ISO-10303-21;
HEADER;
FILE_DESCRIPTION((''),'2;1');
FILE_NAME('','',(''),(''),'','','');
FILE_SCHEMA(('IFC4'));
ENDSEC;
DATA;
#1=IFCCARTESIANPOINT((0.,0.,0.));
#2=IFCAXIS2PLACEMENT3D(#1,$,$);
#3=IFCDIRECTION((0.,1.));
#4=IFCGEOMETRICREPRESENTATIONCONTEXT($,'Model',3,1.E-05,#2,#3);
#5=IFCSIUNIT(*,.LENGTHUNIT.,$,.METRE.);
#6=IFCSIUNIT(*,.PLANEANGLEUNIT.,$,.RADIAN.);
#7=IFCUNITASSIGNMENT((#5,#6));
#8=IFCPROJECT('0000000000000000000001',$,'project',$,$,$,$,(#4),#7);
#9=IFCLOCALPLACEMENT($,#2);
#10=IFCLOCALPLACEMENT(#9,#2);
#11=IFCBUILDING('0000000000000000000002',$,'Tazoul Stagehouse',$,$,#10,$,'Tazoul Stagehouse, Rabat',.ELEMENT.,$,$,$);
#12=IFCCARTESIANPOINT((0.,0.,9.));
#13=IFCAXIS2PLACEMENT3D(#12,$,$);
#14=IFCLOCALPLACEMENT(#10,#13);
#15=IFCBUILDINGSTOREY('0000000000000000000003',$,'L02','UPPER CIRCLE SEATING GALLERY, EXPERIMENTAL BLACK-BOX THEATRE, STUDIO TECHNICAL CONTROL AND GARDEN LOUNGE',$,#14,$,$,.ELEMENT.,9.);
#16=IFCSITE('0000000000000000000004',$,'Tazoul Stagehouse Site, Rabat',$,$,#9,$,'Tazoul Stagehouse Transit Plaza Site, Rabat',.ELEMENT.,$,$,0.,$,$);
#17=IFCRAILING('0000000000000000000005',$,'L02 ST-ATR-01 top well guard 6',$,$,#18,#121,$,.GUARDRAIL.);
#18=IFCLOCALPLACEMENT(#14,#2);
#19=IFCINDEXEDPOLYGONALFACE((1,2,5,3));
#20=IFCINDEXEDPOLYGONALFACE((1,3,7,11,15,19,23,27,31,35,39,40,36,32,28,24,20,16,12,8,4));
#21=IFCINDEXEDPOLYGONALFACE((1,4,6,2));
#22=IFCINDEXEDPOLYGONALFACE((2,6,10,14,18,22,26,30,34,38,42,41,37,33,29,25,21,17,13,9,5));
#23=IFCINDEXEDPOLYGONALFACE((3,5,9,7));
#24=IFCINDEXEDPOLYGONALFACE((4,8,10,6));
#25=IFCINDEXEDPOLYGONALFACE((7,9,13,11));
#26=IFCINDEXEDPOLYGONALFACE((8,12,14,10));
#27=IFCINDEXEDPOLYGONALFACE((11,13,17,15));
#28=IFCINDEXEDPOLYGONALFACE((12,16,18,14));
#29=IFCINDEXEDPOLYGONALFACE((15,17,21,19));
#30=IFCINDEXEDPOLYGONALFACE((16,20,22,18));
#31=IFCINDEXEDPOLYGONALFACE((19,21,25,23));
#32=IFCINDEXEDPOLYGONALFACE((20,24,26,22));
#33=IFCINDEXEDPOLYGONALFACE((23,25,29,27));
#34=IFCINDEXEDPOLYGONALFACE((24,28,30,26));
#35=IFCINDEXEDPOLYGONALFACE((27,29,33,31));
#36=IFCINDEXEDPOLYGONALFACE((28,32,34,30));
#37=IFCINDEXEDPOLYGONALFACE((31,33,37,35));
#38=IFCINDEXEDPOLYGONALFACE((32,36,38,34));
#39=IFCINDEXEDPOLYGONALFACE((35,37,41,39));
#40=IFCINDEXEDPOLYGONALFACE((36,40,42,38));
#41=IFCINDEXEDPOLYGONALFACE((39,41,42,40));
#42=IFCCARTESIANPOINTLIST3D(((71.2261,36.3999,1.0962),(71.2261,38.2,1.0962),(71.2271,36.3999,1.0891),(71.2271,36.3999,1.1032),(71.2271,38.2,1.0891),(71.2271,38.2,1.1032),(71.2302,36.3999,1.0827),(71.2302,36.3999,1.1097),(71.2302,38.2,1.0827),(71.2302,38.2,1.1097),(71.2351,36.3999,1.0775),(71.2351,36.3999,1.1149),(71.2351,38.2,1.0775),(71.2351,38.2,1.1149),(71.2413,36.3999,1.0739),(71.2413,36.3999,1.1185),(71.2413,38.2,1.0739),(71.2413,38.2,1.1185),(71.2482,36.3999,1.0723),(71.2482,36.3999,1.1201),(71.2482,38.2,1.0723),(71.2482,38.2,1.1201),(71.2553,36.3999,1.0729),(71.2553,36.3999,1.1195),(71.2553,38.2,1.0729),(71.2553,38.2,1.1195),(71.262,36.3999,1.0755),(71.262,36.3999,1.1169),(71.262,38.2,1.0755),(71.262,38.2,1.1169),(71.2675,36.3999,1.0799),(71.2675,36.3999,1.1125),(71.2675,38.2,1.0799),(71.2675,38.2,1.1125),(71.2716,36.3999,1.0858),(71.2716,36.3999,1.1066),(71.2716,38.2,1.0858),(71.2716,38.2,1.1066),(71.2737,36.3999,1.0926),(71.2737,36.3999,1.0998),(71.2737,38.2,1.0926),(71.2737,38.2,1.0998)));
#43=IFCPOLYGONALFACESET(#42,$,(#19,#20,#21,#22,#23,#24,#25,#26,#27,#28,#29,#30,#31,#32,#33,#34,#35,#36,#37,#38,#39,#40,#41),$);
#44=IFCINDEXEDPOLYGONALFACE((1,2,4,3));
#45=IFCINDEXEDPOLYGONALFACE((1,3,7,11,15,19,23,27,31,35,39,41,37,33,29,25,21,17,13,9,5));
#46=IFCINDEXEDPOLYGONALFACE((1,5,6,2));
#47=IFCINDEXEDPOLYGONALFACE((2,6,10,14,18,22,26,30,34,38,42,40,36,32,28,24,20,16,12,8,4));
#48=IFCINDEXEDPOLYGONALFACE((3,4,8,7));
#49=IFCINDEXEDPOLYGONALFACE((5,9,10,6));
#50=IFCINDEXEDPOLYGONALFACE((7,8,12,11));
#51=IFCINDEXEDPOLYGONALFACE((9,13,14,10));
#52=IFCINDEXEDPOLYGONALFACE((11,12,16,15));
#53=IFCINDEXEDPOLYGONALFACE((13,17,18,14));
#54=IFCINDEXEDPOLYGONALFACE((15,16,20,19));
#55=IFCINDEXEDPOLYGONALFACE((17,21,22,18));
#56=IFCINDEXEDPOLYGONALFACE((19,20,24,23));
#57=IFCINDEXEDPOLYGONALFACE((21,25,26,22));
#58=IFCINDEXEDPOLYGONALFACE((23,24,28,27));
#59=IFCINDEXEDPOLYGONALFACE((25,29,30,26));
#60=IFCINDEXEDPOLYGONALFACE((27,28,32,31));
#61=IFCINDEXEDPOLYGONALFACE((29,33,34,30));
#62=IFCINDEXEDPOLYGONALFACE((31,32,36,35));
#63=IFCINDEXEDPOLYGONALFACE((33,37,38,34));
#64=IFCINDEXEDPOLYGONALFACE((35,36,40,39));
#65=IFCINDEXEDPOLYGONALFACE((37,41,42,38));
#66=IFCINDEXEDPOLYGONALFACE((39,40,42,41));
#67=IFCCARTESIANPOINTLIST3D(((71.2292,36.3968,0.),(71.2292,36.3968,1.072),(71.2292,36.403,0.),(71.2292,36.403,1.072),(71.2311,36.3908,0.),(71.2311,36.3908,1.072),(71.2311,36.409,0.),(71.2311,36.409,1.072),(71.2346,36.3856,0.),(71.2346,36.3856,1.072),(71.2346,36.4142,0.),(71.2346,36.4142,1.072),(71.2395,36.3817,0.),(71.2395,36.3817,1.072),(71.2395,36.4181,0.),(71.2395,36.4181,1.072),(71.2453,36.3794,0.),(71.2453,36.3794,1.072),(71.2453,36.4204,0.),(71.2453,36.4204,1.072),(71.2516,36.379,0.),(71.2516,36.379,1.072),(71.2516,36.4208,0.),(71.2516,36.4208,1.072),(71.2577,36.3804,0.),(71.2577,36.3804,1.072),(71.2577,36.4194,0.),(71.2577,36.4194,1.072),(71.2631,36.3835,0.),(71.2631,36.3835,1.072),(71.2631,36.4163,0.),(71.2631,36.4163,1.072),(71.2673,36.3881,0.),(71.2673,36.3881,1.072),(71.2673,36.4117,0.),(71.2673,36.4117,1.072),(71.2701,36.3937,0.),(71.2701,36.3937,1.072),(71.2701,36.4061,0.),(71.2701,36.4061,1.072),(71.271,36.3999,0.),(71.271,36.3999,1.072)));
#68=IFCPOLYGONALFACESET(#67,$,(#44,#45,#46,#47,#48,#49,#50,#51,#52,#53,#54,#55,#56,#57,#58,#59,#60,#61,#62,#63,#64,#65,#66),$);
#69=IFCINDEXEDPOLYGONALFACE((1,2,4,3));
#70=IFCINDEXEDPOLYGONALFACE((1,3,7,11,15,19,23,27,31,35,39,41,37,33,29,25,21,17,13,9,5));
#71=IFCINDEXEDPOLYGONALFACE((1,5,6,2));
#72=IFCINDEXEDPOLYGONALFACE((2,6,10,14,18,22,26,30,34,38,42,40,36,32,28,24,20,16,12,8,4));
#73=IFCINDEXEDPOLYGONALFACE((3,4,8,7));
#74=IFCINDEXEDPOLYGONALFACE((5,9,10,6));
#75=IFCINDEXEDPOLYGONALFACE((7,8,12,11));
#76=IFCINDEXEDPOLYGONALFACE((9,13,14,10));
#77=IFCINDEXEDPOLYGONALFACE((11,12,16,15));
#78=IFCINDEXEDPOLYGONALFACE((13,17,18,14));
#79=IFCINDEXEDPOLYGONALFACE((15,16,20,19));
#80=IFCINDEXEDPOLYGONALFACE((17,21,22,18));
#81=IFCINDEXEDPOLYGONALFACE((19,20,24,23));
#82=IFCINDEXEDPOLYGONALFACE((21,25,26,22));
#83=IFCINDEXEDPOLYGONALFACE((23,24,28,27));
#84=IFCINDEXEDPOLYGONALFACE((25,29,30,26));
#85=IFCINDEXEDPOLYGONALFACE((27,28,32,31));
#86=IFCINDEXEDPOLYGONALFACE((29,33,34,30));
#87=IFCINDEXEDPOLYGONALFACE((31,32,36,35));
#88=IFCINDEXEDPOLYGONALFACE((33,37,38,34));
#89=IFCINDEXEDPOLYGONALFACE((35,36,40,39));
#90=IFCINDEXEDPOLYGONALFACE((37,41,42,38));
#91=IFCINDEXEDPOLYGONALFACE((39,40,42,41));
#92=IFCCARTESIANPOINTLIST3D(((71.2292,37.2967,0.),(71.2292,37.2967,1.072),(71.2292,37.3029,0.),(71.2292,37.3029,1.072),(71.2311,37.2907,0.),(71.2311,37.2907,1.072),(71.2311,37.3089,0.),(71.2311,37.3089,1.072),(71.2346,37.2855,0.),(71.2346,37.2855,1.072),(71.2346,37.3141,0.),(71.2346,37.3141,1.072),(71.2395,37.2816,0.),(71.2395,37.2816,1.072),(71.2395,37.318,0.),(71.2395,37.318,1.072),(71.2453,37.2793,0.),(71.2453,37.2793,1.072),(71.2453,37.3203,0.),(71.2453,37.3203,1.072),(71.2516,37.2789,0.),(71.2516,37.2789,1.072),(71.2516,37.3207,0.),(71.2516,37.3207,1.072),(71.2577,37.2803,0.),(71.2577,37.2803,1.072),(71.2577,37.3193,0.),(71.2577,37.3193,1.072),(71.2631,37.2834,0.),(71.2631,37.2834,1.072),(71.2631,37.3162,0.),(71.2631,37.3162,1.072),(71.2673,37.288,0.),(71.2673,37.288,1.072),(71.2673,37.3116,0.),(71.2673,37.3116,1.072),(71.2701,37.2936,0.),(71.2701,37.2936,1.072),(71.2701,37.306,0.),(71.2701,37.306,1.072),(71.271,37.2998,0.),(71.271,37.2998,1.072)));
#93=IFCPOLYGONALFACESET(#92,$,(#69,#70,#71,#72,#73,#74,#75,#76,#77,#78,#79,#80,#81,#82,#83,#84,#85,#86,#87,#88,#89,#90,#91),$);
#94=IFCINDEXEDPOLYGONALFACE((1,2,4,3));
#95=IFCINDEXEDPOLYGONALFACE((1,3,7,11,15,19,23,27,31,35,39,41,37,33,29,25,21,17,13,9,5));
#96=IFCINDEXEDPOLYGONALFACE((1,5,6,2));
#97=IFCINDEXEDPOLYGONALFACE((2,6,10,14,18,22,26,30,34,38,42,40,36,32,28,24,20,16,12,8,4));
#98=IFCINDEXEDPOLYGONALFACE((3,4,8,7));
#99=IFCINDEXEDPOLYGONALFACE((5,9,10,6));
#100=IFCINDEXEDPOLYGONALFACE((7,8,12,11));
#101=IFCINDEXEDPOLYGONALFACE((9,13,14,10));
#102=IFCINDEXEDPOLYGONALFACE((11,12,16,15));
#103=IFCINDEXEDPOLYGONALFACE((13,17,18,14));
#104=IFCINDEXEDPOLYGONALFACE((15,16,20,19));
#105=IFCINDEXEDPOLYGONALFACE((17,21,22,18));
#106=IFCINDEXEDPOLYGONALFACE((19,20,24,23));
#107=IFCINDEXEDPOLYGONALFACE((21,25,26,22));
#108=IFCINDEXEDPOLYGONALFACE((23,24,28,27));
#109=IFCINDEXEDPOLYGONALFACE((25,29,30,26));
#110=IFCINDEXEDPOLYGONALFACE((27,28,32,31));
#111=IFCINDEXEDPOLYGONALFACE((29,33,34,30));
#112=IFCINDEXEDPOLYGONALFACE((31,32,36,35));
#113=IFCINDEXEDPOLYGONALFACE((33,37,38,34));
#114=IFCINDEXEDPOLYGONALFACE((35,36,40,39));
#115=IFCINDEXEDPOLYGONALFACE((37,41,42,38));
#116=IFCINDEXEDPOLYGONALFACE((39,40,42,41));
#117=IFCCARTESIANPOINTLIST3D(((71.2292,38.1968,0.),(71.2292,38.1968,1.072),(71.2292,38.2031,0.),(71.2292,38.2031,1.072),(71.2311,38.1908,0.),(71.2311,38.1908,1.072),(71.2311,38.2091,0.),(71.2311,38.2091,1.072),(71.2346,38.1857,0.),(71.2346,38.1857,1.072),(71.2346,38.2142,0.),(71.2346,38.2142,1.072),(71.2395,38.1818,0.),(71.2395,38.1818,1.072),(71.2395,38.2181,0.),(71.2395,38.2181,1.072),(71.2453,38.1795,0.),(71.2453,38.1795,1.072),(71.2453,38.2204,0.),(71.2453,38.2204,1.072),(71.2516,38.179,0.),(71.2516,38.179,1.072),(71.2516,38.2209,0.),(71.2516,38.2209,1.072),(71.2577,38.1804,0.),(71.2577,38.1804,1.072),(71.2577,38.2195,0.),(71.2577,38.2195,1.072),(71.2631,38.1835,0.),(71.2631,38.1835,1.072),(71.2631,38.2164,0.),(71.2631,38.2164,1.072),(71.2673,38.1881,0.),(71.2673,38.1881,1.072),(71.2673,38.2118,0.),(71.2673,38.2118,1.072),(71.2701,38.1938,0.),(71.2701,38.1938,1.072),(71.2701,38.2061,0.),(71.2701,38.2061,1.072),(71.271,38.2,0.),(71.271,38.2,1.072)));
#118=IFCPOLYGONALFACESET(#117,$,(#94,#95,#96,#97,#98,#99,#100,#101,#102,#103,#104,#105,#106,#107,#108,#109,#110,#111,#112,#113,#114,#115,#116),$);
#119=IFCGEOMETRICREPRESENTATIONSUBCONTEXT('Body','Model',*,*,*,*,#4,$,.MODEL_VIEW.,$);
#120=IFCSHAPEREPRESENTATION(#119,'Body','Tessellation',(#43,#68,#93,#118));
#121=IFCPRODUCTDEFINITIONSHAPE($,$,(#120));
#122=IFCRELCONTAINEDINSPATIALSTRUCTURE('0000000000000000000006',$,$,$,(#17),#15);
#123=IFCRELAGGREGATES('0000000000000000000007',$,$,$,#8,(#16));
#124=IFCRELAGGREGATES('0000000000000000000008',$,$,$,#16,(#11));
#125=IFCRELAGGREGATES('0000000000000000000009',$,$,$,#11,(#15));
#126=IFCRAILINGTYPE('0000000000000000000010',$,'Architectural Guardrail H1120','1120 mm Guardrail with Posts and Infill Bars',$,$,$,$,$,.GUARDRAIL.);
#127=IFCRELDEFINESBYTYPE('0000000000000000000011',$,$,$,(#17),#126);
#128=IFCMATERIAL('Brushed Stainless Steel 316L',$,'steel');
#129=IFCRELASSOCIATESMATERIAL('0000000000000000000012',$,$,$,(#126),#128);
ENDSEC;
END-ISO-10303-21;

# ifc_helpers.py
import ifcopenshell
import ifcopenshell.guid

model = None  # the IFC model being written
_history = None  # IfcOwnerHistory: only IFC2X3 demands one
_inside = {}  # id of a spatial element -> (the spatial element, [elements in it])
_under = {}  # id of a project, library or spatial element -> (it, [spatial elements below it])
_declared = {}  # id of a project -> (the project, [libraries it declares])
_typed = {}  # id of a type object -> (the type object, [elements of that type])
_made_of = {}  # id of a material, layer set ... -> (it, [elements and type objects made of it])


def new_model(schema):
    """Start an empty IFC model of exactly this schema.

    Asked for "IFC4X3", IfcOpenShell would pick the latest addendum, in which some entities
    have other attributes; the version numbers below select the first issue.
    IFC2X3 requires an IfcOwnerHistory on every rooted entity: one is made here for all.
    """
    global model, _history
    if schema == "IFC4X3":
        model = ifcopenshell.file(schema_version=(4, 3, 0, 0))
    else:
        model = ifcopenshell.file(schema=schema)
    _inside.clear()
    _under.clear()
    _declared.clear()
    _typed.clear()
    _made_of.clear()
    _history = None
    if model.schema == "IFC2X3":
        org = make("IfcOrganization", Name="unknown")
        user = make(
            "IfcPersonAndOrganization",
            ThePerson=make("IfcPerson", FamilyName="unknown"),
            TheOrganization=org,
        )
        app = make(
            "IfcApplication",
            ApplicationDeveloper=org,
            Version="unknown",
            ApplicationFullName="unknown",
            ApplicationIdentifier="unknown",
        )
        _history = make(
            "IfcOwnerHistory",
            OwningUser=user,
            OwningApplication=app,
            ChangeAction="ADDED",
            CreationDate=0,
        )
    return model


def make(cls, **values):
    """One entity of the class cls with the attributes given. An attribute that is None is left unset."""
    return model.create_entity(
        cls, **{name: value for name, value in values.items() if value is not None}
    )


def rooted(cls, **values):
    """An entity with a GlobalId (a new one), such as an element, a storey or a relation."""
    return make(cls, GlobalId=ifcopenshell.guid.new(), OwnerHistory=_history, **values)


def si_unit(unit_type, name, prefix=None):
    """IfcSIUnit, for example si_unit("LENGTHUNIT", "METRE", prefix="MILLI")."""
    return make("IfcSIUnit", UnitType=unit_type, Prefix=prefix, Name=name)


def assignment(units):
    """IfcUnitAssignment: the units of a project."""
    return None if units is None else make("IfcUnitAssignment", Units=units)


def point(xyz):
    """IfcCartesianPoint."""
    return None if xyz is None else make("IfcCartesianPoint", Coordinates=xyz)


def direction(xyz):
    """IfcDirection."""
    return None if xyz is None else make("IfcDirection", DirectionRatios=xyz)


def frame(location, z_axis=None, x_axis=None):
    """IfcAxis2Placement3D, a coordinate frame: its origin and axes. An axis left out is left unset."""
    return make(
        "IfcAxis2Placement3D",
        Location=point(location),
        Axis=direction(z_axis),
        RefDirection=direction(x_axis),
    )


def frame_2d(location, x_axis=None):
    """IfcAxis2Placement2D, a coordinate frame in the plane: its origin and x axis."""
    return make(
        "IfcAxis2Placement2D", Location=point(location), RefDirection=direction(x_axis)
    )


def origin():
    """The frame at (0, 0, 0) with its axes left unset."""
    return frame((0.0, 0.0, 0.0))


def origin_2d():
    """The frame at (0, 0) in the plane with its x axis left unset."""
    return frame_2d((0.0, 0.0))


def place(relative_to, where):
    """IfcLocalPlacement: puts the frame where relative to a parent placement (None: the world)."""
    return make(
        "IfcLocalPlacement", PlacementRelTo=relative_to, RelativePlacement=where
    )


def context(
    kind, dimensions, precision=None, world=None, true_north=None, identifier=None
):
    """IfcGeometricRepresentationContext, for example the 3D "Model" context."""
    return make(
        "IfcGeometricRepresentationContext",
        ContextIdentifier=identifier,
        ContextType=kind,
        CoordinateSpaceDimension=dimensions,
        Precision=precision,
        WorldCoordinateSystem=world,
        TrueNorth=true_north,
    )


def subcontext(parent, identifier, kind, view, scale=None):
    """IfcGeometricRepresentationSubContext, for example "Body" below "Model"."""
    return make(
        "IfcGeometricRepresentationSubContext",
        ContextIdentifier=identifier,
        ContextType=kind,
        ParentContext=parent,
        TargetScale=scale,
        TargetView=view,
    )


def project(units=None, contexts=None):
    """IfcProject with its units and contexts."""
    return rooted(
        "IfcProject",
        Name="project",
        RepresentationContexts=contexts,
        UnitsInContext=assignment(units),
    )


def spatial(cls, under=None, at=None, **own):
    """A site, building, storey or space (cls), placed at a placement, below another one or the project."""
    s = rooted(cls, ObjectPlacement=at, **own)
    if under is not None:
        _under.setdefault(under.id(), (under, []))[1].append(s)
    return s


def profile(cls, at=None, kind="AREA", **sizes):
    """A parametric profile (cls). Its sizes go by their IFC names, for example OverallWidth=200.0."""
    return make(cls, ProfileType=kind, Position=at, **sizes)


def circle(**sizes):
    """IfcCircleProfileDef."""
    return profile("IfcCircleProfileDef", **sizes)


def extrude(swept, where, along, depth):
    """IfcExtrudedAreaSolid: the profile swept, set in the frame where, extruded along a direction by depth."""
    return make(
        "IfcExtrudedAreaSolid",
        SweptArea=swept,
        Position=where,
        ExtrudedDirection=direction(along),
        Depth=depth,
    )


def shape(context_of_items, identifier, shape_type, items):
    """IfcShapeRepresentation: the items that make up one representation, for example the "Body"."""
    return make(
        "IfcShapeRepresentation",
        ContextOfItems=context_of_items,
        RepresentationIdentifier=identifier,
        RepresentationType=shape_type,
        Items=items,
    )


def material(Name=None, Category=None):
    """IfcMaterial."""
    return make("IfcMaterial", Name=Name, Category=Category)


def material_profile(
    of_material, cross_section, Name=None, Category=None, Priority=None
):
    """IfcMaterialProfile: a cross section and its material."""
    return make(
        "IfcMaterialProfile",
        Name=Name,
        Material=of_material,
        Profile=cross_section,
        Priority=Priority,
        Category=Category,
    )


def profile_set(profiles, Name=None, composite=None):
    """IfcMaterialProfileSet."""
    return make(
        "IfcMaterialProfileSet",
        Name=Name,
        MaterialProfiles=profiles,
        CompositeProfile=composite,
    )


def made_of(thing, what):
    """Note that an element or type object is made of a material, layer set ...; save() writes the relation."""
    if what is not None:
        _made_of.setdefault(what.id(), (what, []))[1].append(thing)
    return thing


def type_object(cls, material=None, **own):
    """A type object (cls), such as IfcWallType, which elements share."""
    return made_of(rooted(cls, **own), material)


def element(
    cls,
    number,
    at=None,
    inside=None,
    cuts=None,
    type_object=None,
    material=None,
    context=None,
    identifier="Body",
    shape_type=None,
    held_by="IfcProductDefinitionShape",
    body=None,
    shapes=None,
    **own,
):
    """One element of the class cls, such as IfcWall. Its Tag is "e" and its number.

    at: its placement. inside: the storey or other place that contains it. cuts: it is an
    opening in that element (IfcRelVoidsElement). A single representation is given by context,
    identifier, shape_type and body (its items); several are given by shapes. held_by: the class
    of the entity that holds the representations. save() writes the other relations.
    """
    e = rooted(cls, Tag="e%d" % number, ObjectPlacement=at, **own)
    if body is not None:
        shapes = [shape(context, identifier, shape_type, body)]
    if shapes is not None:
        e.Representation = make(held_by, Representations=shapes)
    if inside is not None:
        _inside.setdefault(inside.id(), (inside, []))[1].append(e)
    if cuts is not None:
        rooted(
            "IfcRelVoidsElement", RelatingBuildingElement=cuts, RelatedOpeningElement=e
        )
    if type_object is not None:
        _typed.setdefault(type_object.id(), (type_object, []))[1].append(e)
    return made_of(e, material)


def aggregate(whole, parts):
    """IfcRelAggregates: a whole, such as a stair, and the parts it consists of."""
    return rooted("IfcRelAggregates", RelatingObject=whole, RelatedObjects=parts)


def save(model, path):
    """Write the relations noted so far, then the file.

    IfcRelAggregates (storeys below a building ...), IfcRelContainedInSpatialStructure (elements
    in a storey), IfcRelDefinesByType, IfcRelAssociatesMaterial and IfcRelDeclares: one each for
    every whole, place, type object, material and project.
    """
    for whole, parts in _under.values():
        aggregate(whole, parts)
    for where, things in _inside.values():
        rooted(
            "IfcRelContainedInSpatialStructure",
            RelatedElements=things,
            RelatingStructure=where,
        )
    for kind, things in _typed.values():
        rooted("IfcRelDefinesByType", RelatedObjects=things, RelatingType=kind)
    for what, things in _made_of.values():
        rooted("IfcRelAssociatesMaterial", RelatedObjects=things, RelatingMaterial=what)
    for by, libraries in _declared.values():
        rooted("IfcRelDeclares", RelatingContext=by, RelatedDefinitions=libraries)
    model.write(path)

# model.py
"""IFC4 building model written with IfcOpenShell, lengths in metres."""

from ifc_helpers import new_model, si_unit, direction, frame, origin, origin_2d, place, context, subcontext, project, spatial, circle, extrude, material, material_profile, profile_set, type_object, element, save


model = new_model("IFC4")

# Units and contexts
model_context = context("Model", 3, precision=1e-05, world=origin(), true_north=direction((0.0, 1.0)))
body_context = subcontext(model_context, "Body", "Model", "MODEL_VIEW")
ifc_project = project(units=[si_unit("LENGTHUNIT", "METRE"), si_unit("PLANEANGLEUNIT", "RADIAN")], contexts=[model_context])

# Site, building, storey
site_placement = place(None, origin())
site = spatial("IfcSite", under=ifc_project, at=site_placement, Name="Tazoul Stagehouse Site, Rabat", LongName="Tazoul Stagehouse Transit Plaza Site, Rabat", CompositionType="ELEMENT", RefElevation=0.0)
building_placement = place(site_placement, origin())
building = spatial("IfcBuilding", under=site, at=building_placement, Name="Tazoul Stagehouse", LongName="Tazoul Stagehouse, Rabat", CompositionType="ELEMENT")
storey_placement = place(building_placement, frame((0.0, 0.0, 9.0)))
storey = spatial("IfcBuildingStorey", under=building, at=storey_placement, Name="L02", Description="UPPER CIRCLE SEATING GALLERY, EXPERIMENTAL BLACK-BOX THEATRE, STUDIO TECHNICAL CONTROL AND GARDEN LOUNGE", CompositionType="ELEMENT", Elevation=9.0)

# Railing
ifc_material_1 = material(Name="Brushed Stainless Steel 316L", Category="steel")
ifc_material_profile_1 = material_profile(ifc_material_1, circle(Radius=0.0239, at=origin_2d()), Name="SS RAIL D48")
ifc_profile_set_1 = profile_set([ifc_material_profile_1], Name="Brushed Stainless Steel 316L")
railing_type = type_object("IfcRailingType", Name="Architectural Guardrail H1120", Description="1120 mm Guardrail with Posts and Infill Bars", PredefinedType="GUARDRAIL", material=ifc_profile_set_1)
for number, where, name in (
    (1, (71.25, 36.3999, 0.0), "L02 ST-ATR-01 top well guard 6"),
):
    element("IfcRailing", number, at=place(storey_placement, frame(where)), inside=storey, type_object=railing_type, Name=name, PredefinedType="GUARDRAIL", context=body_context, shape_type="SweptSolid", body=[
        extrude(circle(Radius=0.0239, at=origin_2d()), frame((0.0, 0.0, 1.0962), z_axis=(0.0, 1.0, 0.0), x_axis=(-1.0, 0.0, 0.0)), (0.0, 0.0, 1.0), 1.8),
        extrude(circle(Radius=0.021, at=origin_2d()), origin(), (0.0, 0.0, 1.0), 1.072),
        extrude(circle(Radius=0.021, at=origin_2d()), frame((0.0, 0.8999, 0.0)), (0.0, 0.0, 1.0), 1.072),
        extrude(circle(Radius=0.021, at=origin_2d()), frame((0.0, 1.8, 0.0)), (0.0, 0.0, 1.0), 1.072),
    ])

save(model, "model.ifc")
